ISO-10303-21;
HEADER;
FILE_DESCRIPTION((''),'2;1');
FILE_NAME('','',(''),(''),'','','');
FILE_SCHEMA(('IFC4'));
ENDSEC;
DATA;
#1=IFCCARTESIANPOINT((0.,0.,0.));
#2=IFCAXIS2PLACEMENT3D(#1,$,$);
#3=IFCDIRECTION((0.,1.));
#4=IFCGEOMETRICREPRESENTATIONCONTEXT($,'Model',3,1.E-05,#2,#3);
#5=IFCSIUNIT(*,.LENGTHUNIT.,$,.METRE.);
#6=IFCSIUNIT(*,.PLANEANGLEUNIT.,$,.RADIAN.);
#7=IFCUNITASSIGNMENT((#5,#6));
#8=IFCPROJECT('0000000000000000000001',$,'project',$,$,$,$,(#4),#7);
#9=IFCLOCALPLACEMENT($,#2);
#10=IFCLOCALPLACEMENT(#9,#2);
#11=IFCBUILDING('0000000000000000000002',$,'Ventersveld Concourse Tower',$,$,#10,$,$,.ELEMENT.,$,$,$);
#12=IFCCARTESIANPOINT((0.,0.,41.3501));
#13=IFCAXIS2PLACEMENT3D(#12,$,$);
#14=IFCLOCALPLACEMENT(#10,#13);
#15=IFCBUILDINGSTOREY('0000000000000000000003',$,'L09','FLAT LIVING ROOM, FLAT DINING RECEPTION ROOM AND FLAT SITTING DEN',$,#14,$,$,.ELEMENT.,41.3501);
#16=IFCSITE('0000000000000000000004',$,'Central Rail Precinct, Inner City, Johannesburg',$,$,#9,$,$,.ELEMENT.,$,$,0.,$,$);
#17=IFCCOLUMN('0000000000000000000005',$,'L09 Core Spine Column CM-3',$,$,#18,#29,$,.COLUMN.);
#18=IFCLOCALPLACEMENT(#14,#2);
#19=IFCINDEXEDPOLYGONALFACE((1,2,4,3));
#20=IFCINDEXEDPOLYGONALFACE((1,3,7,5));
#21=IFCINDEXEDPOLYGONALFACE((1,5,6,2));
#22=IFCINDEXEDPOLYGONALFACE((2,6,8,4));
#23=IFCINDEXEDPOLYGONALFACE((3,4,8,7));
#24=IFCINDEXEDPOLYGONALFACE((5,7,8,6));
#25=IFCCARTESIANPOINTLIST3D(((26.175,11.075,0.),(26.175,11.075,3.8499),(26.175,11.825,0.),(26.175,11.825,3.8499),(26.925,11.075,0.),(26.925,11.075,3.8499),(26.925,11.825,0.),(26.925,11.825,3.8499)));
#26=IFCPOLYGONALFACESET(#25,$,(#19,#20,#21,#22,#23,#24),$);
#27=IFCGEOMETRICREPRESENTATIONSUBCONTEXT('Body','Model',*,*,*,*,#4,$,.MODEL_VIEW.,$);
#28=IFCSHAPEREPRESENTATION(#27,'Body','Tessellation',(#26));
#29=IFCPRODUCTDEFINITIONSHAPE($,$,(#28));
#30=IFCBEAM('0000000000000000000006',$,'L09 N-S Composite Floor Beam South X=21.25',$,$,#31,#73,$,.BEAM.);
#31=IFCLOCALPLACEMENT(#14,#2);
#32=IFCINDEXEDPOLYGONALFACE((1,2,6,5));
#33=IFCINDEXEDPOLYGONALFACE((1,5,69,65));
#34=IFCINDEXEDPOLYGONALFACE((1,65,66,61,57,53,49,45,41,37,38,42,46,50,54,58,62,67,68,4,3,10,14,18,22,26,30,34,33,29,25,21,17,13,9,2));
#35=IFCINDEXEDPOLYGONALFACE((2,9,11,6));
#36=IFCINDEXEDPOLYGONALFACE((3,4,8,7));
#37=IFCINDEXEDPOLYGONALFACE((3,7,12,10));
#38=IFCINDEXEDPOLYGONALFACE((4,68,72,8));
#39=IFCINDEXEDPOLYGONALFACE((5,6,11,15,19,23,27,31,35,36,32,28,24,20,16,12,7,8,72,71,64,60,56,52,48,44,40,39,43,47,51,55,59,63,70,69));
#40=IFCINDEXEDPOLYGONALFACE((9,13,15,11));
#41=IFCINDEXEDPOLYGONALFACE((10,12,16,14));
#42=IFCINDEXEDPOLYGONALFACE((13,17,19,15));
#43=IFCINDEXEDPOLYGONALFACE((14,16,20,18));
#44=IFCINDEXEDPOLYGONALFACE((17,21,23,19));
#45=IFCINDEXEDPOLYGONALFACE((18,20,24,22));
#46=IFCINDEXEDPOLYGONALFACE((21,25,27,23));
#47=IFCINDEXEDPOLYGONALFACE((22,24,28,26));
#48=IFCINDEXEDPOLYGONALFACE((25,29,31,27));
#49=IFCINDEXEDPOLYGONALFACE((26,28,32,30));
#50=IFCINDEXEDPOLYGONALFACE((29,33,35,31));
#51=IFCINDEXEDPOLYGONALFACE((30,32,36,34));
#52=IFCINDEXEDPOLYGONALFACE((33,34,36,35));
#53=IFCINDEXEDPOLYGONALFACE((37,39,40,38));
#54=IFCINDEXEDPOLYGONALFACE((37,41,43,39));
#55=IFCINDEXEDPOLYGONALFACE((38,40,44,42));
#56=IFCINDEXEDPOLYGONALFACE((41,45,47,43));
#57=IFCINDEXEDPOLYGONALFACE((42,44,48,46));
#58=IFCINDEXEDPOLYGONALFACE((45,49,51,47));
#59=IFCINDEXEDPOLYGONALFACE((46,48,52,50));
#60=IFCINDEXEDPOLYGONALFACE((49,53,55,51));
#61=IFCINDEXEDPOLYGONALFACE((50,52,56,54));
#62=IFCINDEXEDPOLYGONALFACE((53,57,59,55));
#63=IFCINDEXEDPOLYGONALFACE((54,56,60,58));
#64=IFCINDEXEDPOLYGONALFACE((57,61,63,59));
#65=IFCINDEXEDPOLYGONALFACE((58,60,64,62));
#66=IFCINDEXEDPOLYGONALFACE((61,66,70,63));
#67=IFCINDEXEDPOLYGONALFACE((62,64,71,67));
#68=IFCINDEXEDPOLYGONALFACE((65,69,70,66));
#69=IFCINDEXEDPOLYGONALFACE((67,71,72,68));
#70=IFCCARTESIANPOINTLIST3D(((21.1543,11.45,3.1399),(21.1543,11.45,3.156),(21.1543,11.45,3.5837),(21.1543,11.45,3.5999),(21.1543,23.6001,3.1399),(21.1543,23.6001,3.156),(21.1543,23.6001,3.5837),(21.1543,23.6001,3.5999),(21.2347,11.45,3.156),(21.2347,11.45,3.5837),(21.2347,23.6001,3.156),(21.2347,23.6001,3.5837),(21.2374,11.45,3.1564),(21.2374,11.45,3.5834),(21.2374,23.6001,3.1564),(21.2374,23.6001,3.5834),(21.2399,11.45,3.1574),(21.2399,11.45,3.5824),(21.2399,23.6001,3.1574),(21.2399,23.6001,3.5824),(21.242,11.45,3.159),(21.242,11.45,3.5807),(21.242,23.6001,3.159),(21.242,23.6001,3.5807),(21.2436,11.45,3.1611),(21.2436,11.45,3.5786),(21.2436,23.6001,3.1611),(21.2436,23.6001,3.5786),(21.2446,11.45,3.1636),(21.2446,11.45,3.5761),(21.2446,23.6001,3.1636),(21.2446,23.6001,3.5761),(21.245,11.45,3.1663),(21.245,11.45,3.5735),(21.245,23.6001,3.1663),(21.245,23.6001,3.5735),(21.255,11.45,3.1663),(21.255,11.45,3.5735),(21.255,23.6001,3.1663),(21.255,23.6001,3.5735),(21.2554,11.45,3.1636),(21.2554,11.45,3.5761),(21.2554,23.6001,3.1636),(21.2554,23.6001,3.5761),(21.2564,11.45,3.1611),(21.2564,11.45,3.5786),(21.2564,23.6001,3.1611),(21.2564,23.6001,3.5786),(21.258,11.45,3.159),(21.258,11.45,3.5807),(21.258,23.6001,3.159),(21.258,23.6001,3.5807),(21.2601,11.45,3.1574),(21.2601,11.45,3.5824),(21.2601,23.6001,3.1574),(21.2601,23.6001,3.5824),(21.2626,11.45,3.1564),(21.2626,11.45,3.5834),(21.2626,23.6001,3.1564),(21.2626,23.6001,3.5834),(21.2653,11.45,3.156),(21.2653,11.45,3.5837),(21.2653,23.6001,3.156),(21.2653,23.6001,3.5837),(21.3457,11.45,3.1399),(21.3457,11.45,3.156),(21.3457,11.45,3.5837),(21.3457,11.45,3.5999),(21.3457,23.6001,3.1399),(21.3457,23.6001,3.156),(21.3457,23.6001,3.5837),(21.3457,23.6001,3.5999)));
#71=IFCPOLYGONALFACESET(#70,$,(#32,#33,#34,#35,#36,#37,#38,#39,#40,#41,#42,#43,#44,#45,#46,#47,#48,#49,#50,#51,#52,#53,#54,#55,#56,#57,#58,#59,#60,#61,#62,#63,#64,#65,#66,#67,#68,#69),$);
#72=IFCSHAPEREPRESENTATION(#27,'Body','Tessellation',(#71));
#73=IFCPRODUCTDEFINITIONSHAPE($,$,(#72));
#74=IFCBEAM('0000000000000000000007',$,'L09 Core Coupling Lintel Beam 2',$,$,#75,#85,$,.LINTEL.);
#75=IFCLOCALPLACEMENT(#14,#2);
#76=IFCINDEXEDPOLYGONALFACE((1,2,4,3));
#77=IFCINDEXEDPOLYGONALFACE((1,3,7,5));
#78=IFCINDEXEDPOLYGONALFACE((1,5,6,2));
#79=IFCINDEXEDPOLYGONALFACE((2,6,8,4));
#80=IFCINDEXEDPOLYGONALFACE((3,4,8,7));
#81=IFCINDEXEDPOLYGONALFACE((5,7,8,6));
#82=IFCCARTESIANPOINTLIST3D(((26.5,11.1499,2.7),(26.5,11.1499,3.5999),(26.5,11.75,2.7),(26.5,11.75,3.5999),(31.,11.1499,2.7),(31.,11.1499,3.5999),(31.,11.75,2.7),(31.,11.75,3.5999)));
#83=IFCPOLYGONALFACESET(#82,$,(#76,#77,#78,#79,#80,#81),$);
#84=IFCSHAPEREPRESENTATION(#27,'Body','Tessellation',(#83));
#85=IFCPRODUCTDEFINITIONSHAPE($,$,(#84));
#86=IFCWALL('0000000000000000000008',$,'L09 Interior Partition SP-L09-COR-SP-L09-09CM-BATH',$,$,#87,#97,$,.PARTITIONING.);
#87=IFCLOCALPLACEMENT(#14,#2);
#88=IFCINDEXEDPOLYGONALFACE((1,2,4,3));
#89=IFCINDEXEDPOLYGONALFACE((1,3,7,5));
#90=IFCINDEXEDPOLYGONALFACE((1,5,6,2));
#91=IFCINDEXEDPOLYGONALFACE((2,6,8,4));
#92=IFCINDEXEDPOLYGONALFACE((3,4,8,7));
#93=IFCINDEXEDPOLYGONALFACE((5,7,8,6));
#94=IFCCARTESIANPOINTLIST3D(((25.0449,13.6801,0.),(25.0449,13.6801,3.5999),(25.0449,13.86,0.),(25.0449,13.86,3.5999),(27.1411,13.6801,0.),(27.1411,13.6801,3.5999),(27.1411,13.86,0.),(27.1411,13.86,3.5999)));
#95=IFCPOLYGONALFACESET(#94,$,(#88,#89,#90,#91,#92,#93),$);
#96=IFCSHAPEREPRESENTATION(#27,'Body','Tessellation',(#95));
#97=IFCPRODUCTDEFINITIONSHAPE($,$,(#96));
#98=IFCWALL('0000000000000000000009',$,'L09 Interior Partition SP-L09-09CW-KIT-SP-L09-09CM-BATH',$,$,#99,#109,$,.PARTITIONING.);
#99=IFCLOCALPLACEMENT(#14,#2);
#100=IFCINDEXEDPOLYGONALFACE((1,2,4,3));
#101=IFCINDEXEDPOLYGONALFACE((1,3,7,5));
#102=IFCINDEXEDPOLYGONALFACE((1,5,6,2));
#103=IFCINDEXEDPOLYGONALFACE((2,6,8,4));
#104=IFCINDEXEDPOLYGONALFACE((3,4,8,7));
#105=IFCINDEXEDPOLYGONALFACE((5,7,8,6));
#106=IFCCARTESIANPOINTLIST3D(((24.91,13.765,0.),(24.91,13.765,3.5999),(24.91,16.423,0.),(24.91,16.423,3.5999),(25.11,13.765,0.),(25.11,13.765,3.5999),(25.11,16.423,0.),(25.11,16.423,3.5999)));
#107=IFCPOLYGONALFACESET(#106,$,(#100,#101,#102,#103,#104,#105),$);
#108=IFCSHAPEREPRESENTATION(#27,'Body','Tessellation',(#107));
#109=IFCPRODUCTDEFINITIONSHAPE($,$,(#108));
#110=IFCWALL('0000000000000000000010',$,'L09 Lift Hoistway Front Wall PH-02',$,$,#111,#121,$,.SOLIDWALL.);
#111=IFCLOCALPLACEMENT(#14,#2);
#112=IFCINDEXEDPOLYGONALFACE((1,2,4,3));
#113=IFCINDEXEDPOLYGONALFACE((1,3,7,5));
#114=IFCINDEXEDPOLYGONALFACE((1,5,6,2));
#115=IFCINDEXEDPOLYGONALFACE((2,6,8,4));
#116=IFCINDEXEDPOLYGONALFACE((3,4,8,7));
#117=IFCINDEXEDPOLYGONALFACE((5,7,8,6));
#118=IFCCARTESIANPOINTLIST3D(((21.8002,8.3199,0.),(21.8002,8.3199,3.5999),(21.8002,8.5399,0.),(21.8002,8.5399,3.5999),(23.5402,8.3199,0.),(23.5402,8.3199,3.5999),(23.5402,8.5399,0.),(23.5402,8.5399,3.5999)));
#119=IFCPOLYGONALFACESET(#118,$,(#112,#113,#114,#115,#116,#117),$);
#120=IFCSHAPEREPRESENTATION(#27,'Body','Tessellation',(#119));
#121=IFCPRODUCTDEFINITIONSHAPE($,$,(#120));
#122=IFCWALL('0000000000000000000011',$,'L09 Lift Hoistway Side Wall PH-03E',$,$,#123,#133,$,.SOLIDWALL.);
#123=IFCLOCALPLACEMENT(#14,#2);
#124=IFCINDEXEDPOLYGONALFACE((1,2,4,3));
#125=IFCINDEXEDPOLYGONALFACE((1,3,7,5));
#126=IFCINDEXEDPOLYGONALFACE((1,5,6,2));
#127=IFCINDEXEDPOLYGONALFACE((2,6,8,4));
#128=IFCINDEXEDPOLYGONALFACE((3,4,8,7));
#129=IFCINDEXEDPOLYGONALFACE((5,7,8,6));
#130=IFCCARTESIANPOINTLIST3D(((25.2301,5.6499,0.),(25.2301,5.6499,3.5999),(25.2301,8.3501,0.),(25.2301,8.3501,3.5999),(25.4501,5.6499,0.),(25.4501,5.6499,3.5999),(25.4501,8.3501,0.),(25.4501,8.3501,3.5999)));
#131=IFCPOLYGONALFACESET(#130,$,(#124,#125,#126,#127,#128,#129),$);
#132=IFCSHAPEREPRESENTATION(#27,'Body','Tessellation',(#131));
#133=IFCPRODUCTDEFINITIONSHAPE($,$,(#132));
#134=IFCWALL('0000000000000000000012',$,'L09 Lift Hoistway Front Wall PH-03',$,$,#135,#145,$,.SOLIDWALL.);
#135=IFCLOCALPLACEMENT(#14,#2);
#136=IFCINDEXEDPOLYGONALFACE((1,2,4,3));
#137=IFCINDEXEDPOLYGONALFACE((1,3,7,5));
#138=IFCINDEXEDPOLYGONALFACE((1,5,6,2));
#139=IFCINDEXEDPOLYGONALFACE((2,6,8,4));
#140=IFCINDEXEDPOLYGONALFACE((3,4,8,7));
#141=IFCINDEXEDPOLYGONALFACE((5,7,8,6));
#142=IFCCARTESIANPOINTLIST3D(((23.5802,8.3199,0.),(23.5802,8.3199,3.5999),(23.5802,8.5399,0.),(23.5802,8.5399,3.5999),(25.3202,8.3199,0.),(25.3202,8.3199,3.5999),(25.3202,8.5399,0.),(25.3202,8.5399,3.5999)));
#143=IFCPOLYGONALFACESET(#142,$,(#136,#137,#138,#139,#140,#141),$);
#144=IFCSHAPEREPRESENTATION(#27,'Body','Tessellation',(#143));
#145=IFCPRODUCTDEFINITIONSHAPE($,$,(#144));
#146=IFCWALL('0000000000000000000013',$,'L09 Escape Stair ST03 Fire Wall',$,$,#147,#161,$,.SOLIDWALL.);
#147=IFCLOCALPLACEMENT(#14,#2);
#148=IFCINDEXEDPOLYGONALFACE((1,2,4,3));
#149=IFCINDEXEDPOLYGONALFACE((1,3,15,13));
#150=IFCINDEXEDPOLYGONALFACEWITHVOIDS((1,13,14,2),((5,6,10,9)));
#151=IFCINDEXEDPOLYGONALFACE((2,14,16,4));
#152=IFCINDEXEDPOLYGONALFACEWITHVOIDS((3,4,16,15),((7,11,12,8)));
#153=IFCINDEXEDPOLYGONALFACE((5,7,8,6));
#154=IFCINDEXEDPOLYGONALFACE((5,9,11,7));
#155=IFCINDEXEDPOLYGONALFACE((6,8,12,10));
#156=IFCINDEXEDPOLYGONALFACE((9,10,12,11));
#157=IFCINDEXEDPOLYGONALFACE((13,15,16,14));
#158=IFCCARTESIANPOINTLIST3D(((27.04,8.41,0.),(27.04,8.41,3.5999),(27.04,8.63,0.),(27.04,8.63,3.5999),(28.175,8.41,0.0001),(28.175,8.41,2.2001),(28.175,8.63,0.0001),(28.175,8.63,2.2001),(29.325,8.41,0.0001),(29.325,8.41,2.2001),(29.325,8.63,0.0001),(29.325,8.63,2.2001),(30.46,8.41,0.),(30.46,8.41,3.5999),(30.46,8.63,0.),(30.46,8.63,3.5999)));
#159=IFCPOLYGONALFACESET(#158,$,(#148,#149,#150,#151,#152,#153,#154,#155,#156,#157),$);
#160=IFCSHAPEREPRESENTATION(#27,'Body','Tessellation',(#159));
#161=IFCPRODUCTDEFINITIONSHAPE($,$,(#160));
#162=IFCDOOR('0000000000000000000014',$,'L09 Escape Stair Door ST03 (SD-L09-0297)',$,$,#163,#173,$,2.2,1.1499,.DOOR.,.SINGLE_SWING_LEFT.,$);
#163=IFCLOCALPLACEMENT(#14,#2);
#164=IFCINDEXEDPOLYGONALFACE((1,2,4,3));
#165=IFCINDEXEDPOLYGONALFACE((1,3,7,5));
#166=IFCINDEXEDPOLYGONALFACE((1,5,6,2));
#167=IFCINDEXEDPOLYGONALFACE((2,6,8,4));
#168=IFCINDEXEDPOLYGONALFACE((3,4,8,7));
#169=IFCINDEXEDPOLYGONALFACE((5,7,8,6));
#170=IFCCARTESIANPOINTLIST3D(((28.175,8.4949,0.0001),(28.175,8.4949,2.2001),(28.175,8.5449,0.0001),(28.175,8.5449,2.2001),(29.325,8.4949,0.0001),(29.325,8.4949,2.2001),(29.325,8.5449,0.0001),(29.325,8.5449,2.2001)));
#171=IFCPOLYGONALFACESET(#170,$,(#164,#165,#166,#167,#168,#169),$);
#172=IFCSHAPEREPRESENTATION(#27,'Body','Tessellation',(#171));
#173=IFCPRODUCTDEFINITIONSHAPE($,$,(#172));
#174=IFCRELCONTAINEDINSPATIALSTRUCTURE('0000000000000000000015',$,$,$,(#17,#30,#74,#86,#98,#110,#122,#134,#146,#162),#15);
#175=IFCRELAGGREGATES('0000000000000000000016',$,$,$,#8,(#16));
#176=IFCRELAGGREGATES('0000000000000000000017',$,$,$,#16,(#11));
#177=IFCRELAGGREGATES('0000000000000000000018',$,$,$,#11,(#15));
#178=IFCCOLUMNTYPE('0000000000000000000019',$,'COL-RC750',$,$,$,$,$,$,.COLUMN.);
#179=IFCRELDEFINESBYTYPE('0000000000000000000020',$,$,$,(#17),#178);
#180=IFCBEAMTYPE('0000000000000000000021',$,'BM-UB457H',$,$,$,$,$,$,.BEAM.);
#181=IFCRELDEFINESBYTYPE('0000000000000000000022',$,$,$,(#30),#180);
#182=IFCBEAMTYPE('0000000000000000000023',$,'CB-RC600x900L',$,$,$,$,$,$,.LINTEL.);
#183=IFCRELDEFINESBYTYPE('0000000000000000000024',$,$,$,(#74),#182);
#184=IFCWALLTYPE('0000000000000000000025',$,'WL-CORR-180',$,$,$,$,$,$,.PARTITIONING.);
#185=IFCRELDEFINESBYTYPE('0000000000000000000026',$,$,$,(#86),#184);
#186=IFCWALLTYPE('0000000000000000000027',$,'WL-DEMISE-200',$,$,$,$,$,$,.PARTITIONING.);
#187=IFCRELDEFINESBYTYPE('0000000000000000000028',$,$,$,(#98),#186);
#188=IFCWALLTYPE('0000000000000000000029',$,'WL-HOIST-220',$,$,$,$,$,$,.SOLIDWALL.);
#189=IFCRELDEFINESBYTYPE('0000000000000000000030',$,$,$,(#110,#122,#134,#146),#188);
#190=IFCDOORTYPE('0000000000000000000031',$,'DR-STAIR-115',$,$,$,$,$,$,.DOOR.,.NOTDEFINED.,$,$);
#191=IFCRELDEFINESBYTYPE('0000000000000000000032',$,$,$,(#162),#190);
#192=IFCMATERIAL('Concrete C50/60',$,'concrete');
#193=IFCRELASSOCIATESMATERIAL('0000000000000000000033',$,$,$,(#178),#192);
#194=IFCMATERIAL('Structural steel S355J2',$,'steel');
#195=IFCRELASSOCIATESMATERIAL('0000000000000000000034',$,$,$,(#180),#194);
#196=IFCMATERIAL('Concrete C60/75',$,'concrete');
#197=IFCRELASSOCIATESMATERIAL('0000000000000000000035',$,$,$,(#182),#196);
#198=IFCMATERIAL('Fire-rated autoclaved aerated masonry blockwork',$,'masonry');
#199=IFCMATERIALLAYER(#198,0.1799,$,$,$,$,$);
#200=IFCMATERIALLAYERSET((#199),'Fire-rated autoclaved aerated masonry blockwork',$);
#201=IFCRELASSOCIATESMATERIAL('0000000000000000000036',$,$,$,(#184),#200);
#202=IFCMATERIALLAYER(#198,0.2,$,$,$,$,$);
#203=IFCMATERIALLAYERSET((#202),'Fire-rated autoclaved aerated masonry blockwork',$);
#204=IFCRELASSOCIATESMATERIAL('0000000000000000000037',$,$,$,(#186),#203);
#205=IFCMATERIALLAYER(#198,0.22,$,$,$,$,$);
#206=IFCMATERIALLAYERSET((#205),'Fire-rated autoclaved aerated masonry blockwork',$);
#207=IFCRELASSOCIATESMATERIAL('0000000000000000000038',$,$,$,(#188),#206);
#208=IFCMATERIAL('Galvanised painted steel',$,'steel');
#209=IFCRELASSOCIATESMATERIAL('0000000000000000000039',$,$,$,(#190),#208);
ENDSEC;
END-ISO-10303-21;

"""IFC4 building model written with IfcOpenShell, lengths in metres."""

from ifc_helpers import new_model, si_unit, direction, frame, frame_2d, origin, origin_2d, place, context, subcontext, project, spatial, rectangle, i_section, extrude, material, layer, layer_set, material_profile, profile_set, type_object, element, fill, save


model = new_model("IFC4")

# Units and contexts
model_context = context("Model", 3, precision=1e-05, world=origin(), true_north=direction((0.0, 1.0)))
body_context = subcontext(model_context, "Body", "Model", "MODEL_VIEW")
ifc_project = project(units=[si_unit("LENGTHUNIT", "METRE"), si_unit("PLANEANGLEUNIT", "RADIAN")], contexts=[model_context])

# Site, building, storey
site_placement = place(None, origin())
site = spatial("IfcSite", under=ifc_project, at=site_placement, Name="Central Rail Precinct, Inner City, Johannesburg", CompositionType="ELEMENT", RefElevation=0.0)
building_placement = place(site_placement, origin())
building = spatial("IfcBuilding", under=site, at=building_placement, Name="Ventersveld Concourse Tower", CompositionType="ELEMENT")
storey_placement = place(building_placement, frame((0.0, 0.0, 41.3501)))
storey = spatial("IfcBuildingStorey", under=building, at=storey_placement, Name="L09", Description="FLAT LIVING ROOM, FLAT DINING RECEPTION ROOM AND FLAT SITTING DEN", CompositionType="ELEMENT", Elevation=41.3501)

# Column
ifc_material_1 = material(Name="Concrete C50/60", Category="concrete")
ifc_material_profile_1 = material_profile(ifc_material_1, rectangle(XDim=0.75, YDim=0.75, at=origin_2d()), Name="RC 750x750")
ifc_profile_set_1 = profile_set([ifc_material_profile_1], Name="Concrete C50/60")
column_type = type_object("IfcColumnType", Name="COL-RC750", PredefinedType="COLUMN", material=ifc_profile_set_1)
column_placement = place(storey_placement, frame((26.55, 11.45, 0.0), z_axis=(0.0, 0.0, 1.0), x_axis=(1.0, 0.0, 0.0)))
element("IfcColumn", 1, at=column_placement, inside=storey, type_object=column_type, Name="L09 Core Spine Column CM-3", PredefinedType="COLUMN", context=body_context, shape_type="SweptSolid", body=[
    extrude(rectangle(XDim=0.75, YDim=0.75, at=origin_2d()), origin(), (0.0, 0.0, 1.0), 3.8499),
])

# Beams
ifc_material_2 = material(Name="Structural steel S355J2", Category="steel")
ifc_material_profile_2 = material_profile(ifc_material_2, i_section(OverallWidth=0.1914, OverallDepth=0.46, WebThickness=0.01, FlangeThickness=0.0161, FilletRadius=0.0103, at=origin_2d()), Name="UB 457x191x82")
ifc_profile_set_2 = profile_set([ifc_material_profile_2], Name="Structural steel S355J2")
beam_type_1 = type_object("IfcBeamType", Name="BM-UB457H", PredefinedType="BEAM", material=ifc_profile_set_2)
beam_1_placement = place(storey_placement, frame((21.25, 11.45, 3.3699), z_axis=(0.0, 1.0, 0.0), x_axis=(-1.0, 0.0, 0.0)))
element("IfcBeam", 2, at=beam_1_placement, inside=storey, type_object=beam_type_1, Name="L09 N-S Composite Floor Beam South X=21.25", PredefinedType="BEAM", context=body_context, shape_type="SweptSolid", body=[
    extrude(i_section(OverallWidth=0.1914, OverallDepth=0.46, WebThickness=0.01, FlangeThickness=0.0161, FilletRadius=0.0103, at=origin_2d()), origin(), (0.0, 0.0, 1.0), 12.1501),
])
ifc_material_3 = material(Name="Concrete C60/75", Category="concrete")
ifc_material_profile_3 = material_profile(ifc_material_3, rectangle(XDim=0.6001, YDim=0.8999, at=origin_2d()), Name="RC 600x900")
ifc_profile_set_3 = profile_set([ifc_material_profile_3], Name="Concrete C60/75")
beam_type_2 = type_object("IfcBeamType", Name="CB-RC600x900L", PredefinedType="LINTEL", material=ifc_profile_set_3)
beam_2_placement = place(storey_placement, frame((26.5, 11.45, 3.1499), z_axis=(1.0, 0.0, 0.0), x_axis=(0.0, 1.0, 0.0)))
element("IfcBeam", 3, at=beam_2_placement, inside=storey, type_object=beam_type_2, Name="L09 Core Coupling Lintel Beam 2", PredefinedType="LINTEL", context=body_context, shape_type="SweptSolid", body=[
    extrude(rectangle(XDim=0.6001, YDim=0.8999, at=origin_2d()), origin(), (0.0, 0.0, 1.0), 4.5),
])

# Shared definitions
ifc_material_4 = material(Name="Fire-rated autoclaved aerated masonry blockwork", Category="masonry")
ifc_layer_1 = layer(ifc_material_4, 0.1799)
ifc_layer_set_1 = layer_set([ifc_layer_1], Name="Fire-rated autoclaved aerated masonry blockwork")
wall_type_1 = type_object("IfcWallType", Name="WL-CORR-180", PredefinedType="PARTITIONING", material=ifc_layer_set_1)

# Walls
wall_1_placement = place(storey_placement, frame((25.0449, 13.77, 0.0), z_axis=(0.0, 0.0, 1.0), x_axis=(1.0, 0.0, 0.0)))
element("IfcWall", 4, at=wall_1_placement, inside=storey, type_object=wall_type_1, Name="L09 Interior Partition SP-L09-COR-SP-L09-09CM-BATH", PredefinedType="PARTITIONING", context=body_context, shape_type="SweptSolid", body=[
    extrude(rectangle(XDim=2.0962, YDim=0.1799, at=frame_2d((1.0481, 0.0))), origin(), (0.0, 0.0, 1.0), 3.5999),
])
ifc_layer_2 = layer(ifc_material_4, 0.2)
ifc_layer_set_2 = layer_set([ifc_layer_2], Name="Fire-rated autoclaved aerated masonry blockwork")
wall_type_2 = type_object("IfcWallType", Name="WL-DEMISE-200", PredefinedType="PARTITIONING", material=ifc_layer_set_2)
wall_2_placement = place(storey_placement, frame((25.01, 13.7649, 0.0), z_axis=(0.0, 0.0, 1.0), x_axis=(0.0, 1.0, 0.0)))
element("IfcWall", 5, at=wall_2_placement, inside=storey, type_object=wall_type_2, Name="L09 Interior Partition SP-L09-09CW-KIT-SP-L09-09CM-BATH", PredefinedType="PARTITIONING", context=body_context, shape_type="SweptSolid", body=[
    extrude(rectangle(XDim=2.658, YDim=0.2, at=frame_2d((1.3291, 0.0))), origin(), (0.0, 0.0, 1.0), 3.5999),
])
ifc_layer_3 = layer(ifc_material_4, 0.22)
ifc_layer_set_3 = layer_set([ifc_layer_3], Name="Fire-rated autoclaved aerated masonry blockwork")
wall_type_3 = type_object("IfcWallType", Name="WL-HOIST-220", PredefinedType="SOLIDWALL", material=ifc_layer_set_3)
wall_3_placement = place(storey_placement, frame((21.8, 8.4299, 0.0), z_axis=(0.0, 0.0, 1.0), x_axis=(1.0, 0.0, 0.0)))
element("IfcWall", 6, at=wall_3_placement, inside=storey, type_object=wall_type_3, Name="L09 Lift Hoistway Front Wall PH-02", PredefinedType="SOLIDWALL", context=body_context, shape_type="SweptSolid", body=[
    extrude(rectangle(XDim=1.74, YDim=0.22, at=frame_2d((0.8701, 0.0))), origin(), (0.0, 0.0, 1.0), 3.5999),
])
wall_4_placement = place(storey_placement, frame((25.3401, 5.6499, 0.0), z_axis=(0.0, 0.0, 1.0), x_axis=(0.0, 1.0, 0.0)))
element("IfcWall", 7, at=wall_4_placement, inside=storey, type_object=wall_type_3, Name="L09 Lift Hoistway Side Wall PH-03E", PredefinedType="SOLIDWALL", context=body_context, shape_type="SweptSolid", body=[
    extrude(rectangle(XDim=2.7002, YDim=0.22, at=frame_2d((1.3501, 0.0))), origin(), (0.0, 0.0, 1.0), 3.5999),
])
wall_5_placement = place(storey_placement, frame((23.5801, 8.4299, 0.0), z_axis=(0.0, 0.0, 1.0), x_axis=(1.0, 0.0, 0.0)))
element("IfcWall", 8, at=wall_5_placement, inside=storey, type_object=wall_type_3, Name="L09 Lift Hoistway Front Wall PH-03", PredefinedType="SOLIDWALL", context=body_context, shape_type="SweptSolid", body=[
    extrude(rectangle(XDim=1.74, YDim=0.22, at=frame_2d((0.8701, 0.0))), origin(), (0.0, 0.0, 1.0), 3.5999),
])

# Wall, opening, door
wall_6_placement = place(storey_placement, frame((27.04, 8.52, 0.0), z_axis=(0.0, 0.0, 1.0), x_axis=(1.0, 0.0, 0.0)))
wall_6 = element("IfcWall", 9, at=wall_6_placement, inside=storey, type_object=wall_type_3, Name="L09 Escape Stair ST03 Fire Wall", PredefinedType="SOLIDWALL", context=body_context, shape_type="SweptSolid", body=[
    extrude(rectangle(XDim=3.4199, YDim=0.22, at=frame_2d((1.71, 0.0))), origin(), (0.0, 0.0, 1.0), 3.5999),
])
opening_1_placement = place(wall_6_placement, frame((1.135, 0.0, 0.0)))
opening_1 = element("IfcOpeningElement", 10, at=opening_1_placement, cuts=wall_6, PredefinedType="OPENING", context=body_context, shape_type="SweptSolid", body=[
    extrude(rectangle(XDim=1.1499, YDim=2.2, at=frame_2d((0.575, 1.1001))), frame((0.0, 0.1201, 0.0), z_axis=(0.0, -1.0, 0.0), x_axis=(1.0, 0.0, 0.0)), (0.0, 0.0, 1.0), 0.24),
])
ifc_material_5 = material(Name="Galvanised painted steel", Category="steel")
door_type_1 = type_object("IfcDoorType", Name="DR-STAIR-115", OperationType="NOTDEFINED", PredefinedType="DOOR", material=ifc_material_5)
door_1_placement = place(opening_1_placement, origin())
door_1 = element("IfcDoor", 11, at=door_1_placement, inside=storey, type_object=door_type_1, Name="L09 Escape Stair Door ST03 (SD-L09-0297)", OperationType="SINGLE_SWING_LEFT", OverallHeight=2.2, OverallWidth=1.1499, PredefinedType="DOOR", context=body_context, shape_type="SweptSolid", body=[
    extrude(rectangle(XDim=1.1499, YDim=2.2, at=frame_2d((0.575, 1.1001))), frame((0.0, 0.0249, 0.0), z_axis=(0.0, -1.0, 0.0), x_axis=(1.0, 0.0, 0.0)), (0.0, 0.0, 1.0), 0.05),
])
fill(opening_1, door_1)

save(model, "model.ifc")
